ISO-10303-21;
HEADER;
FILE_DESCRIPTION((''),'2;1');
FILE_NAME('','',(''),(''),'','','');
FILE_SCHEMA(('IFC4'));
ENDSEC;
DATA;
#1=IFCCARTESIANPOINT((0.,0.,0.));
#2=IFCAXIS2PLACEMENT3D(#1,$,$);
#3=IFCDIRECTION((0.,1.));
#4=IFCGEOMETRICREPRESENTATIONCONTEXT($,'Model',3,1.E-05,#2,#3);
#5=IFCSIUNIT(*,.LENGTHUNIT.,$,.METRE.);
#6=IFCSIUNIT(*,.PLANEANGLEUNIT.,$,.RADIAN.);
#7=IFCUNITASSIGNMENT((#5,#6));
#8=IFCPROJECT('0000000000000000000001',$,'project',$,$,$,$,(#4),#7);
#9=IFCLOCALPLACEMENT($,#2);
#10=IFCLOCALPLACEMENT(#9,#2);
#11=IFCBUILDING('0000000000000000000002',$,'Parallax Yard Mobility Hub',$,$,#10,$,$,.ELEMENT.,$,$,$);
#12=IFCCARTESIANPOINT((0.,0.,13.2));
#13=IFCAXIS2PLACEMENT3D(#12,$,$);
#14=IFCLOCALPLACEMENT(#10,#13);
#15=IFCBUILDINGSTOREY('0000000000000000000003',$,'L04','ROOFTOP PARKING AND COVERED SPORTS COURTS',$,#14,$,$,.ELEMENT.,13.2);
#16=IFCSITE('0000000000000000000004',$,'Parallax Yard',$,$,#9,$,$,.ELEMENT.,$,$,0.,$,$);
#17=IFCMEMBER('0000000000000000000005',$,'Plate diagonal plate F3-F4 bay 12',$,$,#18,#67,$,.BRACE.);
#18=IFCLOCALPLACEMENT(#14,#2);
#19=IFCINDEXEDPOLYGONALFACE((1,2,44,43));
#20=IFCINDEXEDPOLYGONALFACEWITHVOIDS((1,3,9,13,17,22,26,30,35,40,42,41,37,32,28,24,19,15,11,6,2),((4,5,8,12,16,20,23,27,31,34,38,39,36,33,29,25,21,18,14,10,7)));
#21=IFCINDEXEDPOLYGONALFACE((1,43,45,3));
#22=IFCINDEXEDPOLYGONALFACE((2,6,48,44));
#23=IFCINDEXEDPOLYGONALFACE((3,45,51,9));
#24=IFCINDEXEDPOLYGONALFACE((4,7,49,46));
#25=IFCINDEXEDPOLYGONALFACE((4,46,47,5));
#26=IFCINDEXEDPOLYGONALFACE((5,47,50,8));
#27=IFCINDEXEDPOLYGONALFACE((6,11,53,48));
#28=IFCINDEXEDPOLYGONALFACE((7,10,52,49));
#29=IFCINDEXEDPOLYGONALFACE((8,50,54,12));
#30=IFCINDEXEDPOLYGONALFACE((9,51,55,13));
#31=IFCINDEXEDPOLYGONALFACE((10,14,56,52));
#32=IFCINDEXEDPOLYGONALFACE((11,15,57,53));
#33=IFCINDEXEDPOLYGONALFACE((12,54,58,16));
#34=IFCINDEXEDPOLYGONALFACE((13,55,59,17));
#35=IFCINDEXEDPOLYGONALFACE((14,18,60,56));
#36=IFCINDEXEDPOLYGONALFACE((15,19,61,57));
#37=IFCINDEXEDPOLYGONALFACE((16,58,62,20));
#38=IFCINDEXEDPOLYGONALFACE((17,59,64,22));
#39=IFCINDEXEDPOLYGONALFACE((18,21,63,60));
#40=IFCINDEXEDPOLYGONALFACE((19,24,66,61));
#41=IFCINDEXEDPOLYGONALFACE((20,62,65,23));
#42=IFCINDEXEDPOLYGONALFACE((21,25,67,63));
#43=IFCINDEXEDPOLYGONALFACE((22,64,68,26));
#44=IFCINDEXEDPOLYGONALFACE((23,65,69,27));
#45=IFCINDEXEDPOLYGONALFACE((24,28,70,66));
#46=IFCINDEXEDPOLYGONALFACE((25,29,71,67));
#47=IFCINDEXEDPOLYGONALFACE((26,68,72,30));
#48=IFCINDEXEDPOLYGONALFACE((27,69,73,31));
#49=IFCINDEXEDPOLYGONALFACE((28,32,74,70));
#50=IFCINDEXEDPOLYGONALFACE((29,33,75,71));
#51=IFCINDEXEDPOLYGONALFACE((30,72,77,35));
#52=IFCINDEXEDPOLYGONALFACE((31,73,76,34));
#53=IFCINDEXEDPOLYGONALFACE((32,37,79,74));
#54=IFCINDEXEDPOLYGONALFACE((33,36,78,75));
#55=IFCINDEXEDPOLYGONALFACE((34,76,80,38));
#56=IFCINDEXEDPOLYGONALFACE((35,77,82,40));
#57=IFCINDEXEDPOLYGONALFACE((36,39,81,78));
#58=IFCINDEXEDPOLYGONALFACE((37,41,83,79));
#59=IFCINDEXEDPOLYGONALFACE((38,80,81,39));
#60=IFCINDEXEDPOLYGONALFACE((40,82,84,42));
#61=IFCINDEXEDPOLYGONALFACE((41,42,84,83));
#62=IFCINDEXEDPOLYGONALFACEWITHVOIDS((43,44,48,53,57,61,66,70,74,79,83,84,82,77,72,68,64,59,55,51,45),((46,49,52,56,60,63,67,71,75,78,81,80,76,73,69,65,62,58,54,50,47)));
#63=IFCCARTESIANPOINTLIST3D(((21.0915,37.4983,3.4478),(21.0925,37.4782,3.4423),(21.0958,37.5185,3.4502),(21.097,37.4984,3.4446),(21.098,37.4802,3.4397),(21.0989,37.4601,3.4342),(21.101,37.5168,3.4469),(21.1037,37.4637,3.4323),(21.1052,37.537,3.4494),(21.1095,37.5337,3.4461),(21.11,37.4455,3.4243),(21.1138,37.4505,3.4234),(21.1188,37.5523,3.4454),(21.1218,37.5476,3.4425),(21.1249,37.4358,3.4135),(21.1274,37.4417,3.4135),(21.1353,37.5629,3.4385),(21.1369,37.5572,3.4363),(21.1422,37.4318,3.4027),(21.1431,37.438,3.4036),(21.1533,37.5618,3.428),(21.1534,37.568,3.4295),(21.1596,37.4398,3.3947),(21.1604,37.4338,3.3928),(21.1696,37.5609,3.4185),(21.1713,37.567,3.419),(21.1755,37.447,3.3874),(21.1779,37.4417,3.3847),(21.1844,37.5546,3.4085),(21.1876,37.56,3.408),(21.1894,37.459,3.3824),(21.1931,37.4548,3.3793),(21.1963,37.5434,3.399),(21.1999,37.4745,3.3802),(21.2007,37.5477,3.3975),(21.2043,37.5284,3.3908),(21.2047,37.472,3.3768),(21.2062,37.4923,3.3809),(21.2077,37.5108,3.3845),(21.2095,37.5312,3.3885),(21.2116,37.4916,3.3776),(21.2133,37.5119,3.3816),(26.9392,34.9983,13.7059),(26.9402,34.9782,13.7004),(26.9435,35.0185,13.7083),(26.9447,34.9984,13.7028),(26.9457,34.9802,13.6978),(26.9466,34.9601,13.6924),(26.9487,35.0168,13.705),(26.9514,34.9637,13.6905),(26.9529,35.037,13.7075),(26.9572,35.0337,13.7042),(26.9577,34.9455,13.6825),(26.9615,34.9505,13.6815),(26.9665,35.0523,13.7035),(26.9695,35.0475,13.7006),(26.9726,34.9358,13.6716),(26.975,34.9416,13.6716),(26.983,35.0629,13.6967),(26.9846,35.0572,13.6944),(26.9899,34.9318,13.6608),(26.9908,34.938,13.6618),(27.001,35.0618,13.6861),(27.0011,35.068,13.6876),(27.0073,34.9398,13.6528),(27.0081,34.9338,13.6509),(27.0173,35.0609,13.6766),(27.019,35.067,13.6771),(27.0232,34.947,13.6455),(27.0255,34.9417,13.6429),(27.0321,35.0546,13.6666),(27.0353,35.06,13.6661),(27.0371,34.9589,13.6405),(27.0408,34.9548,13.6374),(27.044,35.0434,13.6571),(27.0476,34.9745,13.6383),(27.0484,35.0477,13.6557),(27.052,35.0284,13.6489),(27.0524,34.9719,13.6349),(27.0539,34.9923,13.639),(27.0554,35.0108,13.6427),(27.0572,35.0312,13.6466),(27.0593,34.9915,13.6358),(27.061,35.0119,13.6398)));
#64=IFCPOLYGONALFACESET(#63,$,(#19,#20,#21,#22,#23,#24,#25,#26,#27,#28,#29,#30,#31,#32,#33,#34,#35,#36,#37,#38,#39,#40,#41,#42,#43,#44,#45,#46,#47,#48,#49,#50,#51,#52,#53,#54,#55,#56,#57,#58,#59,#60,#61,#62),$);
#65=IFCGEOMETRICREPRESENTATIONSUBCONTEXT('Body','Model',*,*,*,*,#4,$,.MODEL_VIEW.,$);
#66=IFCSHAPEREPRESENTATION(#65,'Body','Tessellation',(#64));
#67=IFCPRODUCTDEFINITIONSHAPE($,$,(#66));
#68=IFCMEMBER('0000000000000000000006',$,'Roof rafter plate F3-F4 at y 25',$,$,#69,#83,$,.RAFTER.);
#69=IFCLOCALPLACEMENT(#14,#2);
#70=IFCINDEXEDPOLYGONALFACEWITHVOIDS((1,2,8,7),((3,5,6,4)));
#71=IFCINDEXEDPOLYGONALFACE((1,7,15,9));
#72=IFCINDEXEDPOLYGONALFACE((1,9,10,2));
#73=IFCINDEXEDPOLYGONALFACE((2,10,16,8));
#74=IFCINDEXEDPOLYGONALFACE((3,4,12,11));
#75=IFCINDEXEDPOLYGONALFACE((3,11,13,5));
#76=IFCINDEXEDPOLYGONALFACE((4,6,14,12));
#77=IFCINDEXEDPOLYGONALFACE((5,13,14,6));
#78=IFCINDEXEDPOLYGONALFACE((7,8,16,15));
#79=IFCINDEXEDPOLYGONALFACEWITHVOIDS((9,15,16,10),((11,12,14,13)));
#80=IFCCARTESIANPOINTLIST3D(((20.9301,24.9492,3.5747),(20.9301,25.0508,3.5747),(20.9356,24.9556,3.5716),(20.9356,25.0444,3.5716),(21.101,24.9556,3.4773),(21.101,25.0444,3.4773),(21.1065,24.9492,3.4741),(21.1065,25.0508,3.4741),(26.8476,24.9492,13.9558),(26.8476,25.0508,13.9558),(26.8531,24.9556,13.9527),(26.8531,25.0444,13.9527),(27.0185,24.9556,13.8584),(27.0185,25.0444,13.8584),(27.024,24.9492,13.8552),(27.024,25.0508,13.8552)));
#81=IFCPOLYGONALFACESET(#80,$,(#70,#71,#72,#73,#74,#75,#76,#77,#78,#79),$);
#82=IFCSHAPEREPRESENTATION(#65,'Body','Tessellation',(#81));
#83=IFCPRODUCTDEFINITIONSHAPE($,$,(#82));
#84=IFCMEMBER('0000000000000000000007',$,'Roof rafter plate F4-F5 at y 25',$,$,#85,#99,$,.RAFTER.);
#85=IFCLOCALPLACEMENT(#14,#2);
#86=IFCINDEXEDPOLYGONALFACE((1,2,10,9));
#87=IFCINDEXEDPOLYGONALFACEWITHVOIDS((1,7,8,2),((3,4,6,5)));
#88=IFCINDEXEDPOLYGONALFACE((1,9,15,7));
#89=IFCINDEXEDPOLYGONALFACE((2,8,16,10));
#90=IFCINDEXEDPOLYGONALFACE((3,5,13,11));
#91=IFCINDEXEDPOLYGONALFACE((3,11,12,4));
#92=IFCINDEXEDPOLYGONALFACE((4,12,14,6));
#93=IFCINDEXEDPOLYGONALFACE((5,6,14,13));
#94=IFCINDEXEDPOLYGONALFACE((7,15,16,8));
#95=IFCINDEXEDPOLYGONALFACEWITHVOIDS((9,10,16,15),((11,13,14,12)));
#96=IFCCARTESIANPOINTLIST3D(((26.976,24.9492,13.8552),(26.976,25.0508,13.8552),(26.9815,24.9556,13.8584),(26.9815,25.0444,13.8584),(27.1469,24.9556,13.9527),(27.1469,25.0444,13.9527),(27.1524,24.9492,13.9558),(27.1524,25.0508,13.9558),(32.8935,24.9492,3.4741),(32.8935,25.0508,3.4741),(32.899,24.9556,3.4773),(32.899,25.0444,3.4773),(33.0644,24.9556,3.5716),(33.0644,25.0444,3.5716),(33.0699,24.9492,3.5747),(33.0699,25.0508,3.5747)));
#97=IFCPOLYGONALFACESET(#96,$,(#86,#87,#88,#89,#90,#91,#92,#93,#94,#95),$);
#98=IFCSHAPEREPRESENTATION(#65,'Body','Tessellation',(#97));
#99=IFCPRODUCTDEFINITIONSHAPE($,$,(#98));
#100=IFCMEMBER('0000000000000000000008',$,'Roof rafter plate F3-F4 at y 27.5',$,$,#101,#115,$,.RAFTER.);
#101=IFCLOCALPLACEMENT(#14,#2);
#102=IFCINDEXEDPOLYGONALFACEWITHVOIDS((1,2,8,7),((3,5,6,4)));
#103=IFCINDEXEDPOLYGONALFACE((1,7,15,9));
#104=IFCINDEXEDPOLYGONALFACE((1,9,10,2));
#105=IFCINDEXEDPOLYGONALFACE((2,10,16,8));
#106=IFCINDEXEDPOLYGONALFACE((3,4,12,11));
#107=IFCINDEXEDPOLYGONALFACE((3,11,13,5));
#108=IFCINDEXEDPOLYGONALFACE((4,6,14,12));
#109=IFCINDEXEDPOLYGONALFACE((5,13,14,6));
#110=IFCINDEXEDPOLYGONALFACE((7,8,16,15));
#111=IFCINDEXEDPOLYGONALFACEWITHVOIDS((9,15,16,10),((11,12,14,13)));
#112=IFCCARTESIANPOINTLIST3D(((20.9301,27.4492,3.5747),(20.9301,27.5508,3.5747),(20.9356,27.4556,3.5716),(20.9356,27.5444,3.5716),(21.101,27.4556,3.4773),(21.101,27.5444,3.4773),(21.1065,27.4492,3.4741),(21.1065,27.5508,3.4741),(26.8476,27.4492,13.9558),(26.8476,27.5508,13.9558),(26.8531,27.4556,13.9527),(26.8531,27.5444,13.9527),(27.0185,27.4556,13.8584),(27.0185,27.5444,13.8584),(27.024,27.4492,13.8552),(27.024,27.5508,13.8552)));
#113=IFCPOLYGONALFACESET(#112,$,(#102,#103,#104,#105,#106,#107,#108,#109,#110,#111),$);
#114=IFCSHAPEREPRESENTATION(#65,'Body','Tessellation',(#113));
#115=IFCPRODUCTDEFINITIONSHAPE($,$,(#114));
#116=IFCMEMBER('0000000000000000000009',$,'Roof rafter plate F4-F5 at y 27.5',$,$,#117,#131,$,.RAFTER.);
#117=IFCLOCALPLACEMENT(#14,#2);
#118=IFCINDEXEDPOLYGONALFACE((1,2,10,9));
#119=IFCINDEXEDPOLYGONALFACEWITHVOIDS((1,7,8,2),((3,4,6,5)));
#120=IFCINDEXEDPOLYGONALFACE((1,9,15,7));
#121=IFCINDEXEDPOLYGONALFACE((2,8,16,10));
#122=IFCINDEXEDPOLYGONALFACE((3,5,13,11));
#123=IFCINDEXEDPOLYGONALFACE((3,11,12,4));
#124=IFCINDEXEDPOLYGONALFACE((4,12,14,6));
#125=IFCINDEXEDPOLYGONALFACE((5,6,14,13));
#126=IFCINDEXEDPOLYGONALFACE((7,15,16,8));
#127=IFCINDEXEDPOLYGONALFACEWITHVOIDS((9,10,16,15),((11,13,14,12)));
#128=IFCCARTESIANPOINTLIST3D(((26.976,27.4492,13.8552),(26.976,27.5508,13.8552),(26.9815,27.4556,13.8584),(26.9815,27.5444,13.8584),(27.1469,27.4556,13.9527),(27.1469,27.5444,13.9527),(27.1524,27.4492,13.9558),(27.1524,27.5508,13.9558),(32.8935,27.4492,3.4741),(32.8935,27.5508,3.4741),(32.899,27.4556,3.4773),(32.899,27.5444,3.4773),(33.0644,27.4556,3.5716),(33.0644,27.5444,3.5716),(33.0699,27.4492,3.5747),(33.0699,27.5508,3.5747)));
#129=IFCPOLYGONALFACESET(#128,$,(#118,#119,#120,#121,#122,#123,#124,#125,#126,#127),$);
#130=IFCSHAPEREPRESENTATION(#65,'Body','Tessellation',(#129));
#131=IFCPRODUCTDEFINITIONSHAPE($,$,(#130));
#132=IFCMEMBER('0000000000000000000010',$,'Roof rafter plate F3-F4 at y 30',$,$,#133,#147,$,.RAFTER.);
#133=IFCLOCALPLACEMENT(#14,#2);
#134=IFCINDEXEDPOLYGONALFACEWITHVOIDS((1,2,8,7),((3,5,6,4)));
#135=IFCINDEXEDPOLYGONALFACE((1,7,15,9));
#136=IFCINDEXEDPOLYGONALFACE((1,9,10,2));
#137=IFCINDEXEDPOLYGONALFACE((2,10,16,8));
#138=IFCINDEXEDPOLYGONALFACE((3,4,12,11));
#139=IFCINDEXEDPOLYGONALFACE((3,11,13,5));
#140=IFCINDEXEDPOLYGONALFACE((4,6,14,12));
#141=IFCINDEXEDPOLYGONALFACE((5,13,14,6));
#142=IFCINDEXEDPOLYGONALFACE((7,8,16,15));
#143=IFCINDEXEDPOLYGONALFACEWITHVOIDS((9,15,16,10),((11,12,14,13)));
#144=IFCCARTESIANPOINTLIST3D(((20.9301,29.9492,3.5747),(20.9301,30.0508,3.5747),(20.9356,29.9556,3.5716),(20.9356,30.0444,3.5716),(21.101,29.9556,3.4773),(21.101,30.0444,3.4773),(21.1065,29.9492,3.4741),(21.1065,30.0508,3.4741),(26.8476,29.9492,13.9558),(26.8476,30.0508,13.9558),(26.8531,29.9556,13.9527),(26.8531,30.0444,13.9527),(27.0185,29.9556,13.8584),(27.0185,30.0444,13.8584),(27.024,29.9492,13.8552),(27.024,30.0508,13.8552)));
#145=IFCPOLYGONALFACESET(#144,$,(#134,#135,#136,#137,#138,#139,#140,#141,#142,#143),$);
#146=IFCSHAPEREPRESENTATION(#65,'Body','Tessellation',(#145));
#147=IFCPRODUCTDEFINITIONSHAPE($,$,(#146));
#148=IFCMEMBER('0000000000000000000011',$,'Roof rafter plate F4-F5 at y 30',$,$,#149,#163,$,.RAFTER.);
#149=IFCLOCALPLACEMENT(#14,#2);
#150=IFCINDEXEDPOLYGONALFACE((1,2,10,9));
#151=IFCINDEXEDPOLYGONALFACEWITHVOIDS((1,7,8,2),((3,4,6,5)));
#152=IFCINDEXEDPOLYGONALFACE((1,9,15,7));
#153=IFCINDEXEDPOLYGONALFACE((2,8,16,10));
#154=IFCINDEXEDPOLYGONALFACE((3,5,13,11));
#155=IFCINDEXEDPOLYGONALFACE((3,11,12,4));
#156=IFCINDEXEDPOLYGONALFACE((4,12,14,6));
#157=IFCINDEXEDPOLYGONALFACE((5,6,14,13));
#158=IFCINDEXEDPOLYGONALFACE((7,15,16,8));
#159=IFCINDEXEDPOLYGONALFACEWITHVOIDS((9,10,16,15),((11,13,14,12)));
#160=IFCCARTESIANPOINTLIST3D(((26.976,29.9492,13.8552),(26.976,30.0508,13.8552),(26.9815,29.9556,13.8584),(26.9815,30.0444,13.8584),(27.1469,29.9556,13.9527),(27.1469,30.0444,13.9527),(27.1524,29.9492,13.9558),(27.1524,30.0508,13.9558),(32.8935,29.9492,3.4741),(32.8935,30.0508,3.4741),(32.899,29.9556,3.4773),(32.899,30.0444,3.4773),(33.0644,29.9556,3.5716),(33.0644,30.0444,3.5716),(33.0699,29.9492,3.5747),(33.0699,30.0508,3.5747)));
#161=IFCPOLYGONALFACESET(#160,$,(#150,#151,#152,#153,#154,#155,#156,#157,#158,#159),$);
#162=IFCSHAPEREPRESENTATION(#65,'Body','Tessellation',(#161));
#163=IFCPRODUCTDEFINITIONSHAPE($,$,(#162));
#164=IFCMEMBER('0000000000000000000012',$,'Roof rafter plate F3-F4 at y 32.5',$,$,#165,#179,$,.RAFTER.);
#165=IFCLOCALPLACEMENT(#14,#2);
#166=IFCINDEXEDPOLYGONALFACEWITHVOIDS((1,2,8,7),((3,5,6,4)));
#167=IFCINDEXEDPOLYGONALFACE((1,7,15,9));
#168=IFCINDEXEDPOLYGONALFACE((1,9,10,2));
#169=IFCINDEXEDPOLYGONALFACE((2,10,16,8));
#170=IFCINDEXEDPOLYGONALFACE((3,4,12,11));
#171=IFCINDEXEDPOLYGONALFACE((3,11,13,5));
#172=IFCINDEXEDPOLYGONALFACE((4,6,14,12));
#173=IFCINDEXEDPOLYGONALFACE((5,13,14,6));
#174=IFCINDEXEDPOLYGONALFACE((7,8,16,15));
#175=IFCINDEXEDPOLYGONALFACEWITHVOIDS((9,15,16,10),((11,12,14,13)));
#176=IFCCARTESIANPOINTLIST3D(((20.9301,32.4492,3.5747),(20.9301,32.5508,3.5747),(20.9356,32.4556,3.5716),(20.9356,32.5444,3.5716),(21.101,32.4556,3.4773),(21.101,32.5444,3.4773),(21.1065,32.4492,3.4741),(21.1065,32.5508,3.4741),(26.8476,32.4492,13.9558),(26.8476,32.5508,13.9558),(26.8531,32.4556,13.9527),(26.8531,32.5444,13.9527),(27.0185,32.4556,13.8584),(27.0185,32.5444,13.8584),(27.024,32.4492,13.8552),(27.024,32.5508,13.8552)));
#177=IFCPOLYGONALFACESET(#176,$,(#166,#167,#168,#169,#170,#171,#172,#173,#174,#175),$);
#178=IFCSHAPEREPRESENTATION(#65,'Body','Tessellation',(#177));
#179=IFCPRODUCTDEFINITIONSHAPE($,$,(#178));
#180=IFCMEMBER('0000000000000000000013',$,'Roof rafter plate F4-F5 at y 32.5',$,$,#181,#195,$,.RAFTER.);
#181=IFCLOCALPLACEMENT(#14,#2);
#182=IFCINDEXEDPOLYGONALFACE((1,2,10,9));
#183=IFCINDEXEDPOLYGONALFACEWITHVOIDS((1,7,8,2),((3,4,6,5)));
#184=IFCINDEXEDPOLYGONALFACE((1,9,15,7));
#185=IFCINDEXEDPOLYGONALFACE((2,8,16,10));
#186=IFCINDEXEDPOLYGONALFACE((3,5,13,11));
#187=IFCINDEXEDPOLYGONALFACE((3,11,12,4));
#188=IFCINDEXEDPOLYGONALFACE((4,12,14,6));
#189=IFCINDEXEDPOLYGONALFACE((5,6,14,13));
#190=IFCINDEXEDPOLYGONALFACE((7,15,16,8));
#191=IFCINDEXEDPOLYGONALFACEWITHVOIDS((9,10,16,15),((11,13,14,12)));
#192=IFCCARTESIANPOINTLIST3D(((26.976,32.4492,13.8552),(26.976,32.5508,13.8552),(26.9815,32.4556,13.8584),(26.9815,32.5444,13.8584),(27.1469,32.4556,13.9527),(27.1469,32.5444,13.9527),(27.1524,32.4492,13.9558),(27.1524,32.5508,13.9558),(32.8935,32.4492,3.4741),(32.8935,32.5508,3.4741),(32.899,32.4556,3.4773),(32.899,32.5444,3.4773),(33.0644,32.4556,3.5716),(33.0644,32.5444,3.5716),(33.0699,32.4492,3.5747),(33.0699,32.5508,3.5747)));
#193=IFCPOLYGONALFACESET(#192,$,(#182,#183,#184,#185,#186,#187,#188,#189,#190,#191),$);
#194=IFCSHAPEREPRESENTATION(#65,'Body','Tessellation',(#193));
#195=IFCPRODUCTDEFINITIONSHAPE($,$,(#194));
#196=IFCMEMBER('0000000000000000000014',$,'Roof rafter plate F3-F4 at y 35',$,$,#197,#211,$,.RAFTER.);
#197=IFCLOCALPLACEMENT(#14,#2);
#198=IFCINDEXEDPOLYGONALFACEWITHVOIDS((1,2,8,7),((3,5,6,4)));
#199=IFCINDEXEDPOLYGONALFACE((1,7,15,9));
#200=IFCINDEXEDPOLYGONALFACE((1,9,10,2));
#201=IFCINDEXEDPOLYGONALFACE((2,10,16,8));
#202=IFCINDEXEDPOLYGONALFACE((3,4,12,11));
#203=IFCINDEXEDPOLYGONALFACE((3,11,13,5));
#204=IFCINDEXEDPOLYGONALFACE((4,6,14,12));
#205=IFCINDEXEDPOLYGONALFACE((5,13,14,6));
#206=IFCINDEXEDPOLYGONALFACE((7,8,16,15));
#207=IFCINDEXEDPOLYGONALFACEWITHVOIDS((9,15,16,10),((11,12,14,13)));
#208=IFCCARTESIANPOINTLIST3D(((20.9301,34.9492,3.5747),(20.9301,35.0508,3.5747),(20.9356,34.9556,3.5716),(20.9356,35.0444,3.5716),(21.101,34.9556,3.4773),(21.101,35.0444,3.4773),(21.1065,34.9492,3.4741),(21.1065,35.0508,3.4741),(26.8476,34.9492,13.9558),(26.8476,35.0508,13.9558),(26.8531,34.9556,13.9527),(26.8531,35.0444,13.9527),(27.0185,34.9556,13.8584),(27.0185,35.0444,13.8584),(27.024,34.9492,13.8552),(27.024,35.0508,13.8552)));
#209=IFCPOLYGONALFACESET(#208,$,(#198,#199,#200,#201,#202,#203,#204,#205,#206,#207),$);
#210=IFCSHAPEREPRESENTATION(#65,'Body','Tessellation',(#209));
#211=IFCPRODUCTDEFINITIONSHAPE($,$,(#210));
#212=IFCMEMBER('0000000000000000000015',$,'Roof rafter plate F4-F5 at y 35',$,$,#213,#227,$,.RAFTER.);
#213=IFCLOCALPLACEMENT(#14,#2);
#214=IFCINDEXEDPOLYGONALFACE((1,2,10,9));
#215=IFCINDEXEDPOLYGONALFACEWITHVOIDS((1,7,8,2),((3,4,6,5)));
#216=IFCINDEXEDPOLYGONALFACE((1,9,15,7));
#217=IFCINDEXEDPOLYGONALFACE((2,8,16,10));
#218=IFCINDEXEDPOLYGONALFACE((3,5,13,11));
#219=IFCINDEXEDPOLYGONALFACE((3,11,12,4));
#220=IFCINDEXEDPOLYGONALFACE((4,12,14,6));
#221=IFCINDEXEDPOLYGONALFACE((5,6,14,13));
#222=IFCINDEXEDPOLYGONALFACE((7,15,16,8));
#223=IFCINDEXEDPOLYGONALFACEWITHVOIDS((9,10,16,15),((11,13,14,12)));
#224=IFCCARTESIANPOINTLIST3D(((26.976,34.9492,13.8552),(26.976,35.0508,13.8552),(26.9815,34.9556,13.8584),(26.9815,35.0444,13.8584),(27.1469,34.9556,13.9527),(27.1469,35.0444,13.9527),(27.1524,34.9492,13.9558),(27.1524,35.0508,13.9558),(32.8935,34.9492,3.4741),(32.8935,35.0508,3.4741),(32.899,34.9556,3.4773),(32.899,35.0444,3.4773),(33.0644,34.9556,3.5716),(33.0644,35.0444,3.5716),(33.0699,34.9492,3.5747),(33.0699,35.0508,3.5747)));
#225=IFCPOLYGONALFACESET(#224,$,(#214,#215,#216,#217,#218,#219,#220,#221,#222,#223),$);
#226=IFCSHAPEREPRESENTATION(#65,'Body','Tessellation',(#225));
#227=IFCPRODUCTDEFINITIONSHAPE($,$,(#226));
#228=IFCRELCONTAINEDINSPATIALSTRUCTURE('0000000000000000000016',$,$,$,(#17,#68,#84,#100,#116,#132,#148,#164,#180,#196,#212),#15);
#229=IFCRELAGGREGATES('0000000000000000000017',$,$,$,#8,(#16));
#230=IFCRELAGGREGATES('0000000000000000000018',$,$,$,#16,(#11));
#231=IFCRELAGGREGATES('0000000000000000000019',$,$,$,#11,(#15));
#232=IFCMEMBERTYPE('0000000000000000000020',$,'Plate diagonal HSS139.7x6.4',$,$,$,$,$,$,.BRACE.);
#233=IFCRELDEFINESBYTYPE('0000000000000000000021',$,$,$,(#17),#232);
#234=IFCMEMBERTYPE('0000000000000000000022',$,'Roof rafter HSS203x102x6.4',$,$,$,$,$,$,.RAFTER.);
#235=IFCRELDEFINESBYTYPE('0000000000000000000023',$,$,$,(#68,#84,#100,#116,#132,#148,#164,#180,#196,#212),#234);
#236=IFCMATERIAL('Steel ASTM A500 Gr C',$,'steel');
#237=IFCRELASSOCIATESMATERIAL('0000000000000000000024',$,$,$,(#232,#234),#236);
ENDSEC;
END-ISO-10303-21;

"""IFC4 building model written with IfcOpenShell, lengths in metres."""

from ifc_helpers import new_model, si_unit, direction, frame, origin, origin_2d, place, context, subcontext, project, spatial, hollow_rectangle, hollow_circle, extrude, material, material_profile, profile_set, type_object, element, save


model = new_model("IFC4")

# Units and contexts
model_context = context("Model", 3, precision=1e-05, world=origin(), true_north=direction((0.0, 1.0)))
body_context = subcontext(model_context, "Body", "Model", "MODEL_VIEW")
ifc_project = project(units=[si_unit("LENGTHUNIT", "METRE"), si_unit("PLANEANGLEUNIT", "RADIAN")], contexts=[model_context])

# Site, building, storey
site_placement = place(None, origin())
site = spatial("IfcSite", under=ifc_project, at=site_placement, Name="Parallax Yard", CompositionType="ELEMENT", RefElevation=0.0)
building_placement = place(site_placement, origin())
building = spatial("IfcBuilding", under=site, at=building_placement, Name="Parallax Yard Mobility Hub", CompositionType="ELEMENT")
storey_placement = place(building_placement, frame((0.0, 0.0, 13.2)))
storey = spatial("IfcBuildingStorey", under=building, at=storey_placement, Name="L04", Description="ROOFTOP PARKING AND COVERED SPORTS COURTS", CompositionType="ELEMENT", Elevation=13.2)

# Members
ifc_material_1 = material(Name="Steel ASTM A500 Gr C", Category="steel")
ifc_material_profile_1 = material_profile(ifc_material_1, hollow_circle(Radius=0.0698, WallThickness=0.0063, at=origin_2d()), Name="HSS139.7x6.4")
ifc_profile_set_1 = profile_set([ifc_material_profile_1], Name="Steel ASTM A500 Gr C")
member_type_1 = type_object("IfcMemberType", Name="Plate diagonal HSS139.7x6.4", PredefinedType="BRACE", material=ifc_profile_set_1)
member_1_placement = place(storey_placement, frame((27.0, 35.0, 13.6716), z_axis=(-0.484499, 0.207134, -0.849916), x_axis=(-0.393104, -0.919494, 0.0)))
element("IfcMember", 1, at=member_1_placement, inside=storey, type_object=member_type_1, Name="Plate diagonal plate F3-F4 bay 12", PredefinedType="BRACE", context=body_context, shape_type="SweptSolid", body=[
    extrude(hollow_circle(Radius=0.0698, WallThickness=0.0063, at=origin_2d()), origin(), (0.0, 0.0, 1.0), 12.0696),
])
ifc_material_profile_2 = material_profile(ifc_material_1, hollow_rectangle(XDim=0.1016, YDim=0.2031, WallThickness=0.0063, at=origin_2d()), Name="HSS203x102x6.4")
ifc_profile_set_2 = profile_set([ifc_material_profile_2], Name="Steel ASTM A500 Gr C")
member_type_2 = type_object("IfcMemberType", Name="Roof rafter HSS203x102x6.4", PredefinedType="RAFTER", material=ifc_profile_set_2)
for number, where, z_axis, x_axis, name in (
    (2, (21.0183, 25.0, 3.5244), (0.495219, 0.0, 0.868768), (0.0, 1.0, 0.0), "Roof rafter plate F3-F4 at y 25"),
    (3, (27.0642, 25.0, 13.9055), (0.495219, 0.0, -0.868768), (0.0, 1.0, 0.0), "Roof rafter plate F4-F5 at y 25"),
    (4, (21.0183, 27.5, 3.5244), (0.495219, 0.0, 0.868768), (0.0, 1.0, 0.0), "Roof rafter plate F3-F4 at y 27.5"),
    (5, (27.0642, 27.5, 13.9055), (0.495219, 0.0, -0.868768), (0.0, 1.0, 0.0), "Roof rafter plate F4-F5 at y 27.5"),
    (6, (21.0183, 30.0, 3.5244), (0.495219, 0.0, 0.868768), (0.0, 1.0, 0.0), "Roof rafter plate F3-F4 at y 30"),
    (7, (27.0642, 30.0, 13.9055), (0.495219, 0.0, -0.868768), (0.0, 1.0, 0.0), "Roof rafter plate F4-F5 at y 30"),
    (8, (21.0183, 32.5, 3.5244), (0.495219, 0.0, 0.868768), (0.0, 1.0, 0.0), "Roof rafter plate F3-F4 at y 32.5"),
    (9, (27.0642, 32.5, 13.9055), (0.495219, 0.0, -0.868768), (0.0, 1.0, 0.0), "Roof rafter plate F4-F5 at y 32.5"),
    (10, (21.0183, 35.0, 3.5244), (0.495219, 0.0, 0.868768), (0.0, 1.0, 0.0), "Roof rafter plate F3-F4 at y 35"),
    (11, (27.0642, 35.0, 13.9055), (0.495219, 0.0, -0.868768), (0.0, 1.0, 0.0), "Roof rafter plate F4-F5 at y 35"),
):
    element("IfcMember", number, at=place(storey_placement, frame(where, z_axis=z_axis, x_axis=x_axis)), inside=storey, type_object=member_type_2, Name=name, PredefinedType="RAFTER", context=body_context, shape_type="SweptSolid", body=[
        extrude(hollow_rectangle(XDim=0.1016, YDim=0.2031, WallThickness=0.0063, at=origin_2d()), origin(), (0.0, 0.0, 1.0), 11.9492),
    ])

save(model, "model.ifc")
